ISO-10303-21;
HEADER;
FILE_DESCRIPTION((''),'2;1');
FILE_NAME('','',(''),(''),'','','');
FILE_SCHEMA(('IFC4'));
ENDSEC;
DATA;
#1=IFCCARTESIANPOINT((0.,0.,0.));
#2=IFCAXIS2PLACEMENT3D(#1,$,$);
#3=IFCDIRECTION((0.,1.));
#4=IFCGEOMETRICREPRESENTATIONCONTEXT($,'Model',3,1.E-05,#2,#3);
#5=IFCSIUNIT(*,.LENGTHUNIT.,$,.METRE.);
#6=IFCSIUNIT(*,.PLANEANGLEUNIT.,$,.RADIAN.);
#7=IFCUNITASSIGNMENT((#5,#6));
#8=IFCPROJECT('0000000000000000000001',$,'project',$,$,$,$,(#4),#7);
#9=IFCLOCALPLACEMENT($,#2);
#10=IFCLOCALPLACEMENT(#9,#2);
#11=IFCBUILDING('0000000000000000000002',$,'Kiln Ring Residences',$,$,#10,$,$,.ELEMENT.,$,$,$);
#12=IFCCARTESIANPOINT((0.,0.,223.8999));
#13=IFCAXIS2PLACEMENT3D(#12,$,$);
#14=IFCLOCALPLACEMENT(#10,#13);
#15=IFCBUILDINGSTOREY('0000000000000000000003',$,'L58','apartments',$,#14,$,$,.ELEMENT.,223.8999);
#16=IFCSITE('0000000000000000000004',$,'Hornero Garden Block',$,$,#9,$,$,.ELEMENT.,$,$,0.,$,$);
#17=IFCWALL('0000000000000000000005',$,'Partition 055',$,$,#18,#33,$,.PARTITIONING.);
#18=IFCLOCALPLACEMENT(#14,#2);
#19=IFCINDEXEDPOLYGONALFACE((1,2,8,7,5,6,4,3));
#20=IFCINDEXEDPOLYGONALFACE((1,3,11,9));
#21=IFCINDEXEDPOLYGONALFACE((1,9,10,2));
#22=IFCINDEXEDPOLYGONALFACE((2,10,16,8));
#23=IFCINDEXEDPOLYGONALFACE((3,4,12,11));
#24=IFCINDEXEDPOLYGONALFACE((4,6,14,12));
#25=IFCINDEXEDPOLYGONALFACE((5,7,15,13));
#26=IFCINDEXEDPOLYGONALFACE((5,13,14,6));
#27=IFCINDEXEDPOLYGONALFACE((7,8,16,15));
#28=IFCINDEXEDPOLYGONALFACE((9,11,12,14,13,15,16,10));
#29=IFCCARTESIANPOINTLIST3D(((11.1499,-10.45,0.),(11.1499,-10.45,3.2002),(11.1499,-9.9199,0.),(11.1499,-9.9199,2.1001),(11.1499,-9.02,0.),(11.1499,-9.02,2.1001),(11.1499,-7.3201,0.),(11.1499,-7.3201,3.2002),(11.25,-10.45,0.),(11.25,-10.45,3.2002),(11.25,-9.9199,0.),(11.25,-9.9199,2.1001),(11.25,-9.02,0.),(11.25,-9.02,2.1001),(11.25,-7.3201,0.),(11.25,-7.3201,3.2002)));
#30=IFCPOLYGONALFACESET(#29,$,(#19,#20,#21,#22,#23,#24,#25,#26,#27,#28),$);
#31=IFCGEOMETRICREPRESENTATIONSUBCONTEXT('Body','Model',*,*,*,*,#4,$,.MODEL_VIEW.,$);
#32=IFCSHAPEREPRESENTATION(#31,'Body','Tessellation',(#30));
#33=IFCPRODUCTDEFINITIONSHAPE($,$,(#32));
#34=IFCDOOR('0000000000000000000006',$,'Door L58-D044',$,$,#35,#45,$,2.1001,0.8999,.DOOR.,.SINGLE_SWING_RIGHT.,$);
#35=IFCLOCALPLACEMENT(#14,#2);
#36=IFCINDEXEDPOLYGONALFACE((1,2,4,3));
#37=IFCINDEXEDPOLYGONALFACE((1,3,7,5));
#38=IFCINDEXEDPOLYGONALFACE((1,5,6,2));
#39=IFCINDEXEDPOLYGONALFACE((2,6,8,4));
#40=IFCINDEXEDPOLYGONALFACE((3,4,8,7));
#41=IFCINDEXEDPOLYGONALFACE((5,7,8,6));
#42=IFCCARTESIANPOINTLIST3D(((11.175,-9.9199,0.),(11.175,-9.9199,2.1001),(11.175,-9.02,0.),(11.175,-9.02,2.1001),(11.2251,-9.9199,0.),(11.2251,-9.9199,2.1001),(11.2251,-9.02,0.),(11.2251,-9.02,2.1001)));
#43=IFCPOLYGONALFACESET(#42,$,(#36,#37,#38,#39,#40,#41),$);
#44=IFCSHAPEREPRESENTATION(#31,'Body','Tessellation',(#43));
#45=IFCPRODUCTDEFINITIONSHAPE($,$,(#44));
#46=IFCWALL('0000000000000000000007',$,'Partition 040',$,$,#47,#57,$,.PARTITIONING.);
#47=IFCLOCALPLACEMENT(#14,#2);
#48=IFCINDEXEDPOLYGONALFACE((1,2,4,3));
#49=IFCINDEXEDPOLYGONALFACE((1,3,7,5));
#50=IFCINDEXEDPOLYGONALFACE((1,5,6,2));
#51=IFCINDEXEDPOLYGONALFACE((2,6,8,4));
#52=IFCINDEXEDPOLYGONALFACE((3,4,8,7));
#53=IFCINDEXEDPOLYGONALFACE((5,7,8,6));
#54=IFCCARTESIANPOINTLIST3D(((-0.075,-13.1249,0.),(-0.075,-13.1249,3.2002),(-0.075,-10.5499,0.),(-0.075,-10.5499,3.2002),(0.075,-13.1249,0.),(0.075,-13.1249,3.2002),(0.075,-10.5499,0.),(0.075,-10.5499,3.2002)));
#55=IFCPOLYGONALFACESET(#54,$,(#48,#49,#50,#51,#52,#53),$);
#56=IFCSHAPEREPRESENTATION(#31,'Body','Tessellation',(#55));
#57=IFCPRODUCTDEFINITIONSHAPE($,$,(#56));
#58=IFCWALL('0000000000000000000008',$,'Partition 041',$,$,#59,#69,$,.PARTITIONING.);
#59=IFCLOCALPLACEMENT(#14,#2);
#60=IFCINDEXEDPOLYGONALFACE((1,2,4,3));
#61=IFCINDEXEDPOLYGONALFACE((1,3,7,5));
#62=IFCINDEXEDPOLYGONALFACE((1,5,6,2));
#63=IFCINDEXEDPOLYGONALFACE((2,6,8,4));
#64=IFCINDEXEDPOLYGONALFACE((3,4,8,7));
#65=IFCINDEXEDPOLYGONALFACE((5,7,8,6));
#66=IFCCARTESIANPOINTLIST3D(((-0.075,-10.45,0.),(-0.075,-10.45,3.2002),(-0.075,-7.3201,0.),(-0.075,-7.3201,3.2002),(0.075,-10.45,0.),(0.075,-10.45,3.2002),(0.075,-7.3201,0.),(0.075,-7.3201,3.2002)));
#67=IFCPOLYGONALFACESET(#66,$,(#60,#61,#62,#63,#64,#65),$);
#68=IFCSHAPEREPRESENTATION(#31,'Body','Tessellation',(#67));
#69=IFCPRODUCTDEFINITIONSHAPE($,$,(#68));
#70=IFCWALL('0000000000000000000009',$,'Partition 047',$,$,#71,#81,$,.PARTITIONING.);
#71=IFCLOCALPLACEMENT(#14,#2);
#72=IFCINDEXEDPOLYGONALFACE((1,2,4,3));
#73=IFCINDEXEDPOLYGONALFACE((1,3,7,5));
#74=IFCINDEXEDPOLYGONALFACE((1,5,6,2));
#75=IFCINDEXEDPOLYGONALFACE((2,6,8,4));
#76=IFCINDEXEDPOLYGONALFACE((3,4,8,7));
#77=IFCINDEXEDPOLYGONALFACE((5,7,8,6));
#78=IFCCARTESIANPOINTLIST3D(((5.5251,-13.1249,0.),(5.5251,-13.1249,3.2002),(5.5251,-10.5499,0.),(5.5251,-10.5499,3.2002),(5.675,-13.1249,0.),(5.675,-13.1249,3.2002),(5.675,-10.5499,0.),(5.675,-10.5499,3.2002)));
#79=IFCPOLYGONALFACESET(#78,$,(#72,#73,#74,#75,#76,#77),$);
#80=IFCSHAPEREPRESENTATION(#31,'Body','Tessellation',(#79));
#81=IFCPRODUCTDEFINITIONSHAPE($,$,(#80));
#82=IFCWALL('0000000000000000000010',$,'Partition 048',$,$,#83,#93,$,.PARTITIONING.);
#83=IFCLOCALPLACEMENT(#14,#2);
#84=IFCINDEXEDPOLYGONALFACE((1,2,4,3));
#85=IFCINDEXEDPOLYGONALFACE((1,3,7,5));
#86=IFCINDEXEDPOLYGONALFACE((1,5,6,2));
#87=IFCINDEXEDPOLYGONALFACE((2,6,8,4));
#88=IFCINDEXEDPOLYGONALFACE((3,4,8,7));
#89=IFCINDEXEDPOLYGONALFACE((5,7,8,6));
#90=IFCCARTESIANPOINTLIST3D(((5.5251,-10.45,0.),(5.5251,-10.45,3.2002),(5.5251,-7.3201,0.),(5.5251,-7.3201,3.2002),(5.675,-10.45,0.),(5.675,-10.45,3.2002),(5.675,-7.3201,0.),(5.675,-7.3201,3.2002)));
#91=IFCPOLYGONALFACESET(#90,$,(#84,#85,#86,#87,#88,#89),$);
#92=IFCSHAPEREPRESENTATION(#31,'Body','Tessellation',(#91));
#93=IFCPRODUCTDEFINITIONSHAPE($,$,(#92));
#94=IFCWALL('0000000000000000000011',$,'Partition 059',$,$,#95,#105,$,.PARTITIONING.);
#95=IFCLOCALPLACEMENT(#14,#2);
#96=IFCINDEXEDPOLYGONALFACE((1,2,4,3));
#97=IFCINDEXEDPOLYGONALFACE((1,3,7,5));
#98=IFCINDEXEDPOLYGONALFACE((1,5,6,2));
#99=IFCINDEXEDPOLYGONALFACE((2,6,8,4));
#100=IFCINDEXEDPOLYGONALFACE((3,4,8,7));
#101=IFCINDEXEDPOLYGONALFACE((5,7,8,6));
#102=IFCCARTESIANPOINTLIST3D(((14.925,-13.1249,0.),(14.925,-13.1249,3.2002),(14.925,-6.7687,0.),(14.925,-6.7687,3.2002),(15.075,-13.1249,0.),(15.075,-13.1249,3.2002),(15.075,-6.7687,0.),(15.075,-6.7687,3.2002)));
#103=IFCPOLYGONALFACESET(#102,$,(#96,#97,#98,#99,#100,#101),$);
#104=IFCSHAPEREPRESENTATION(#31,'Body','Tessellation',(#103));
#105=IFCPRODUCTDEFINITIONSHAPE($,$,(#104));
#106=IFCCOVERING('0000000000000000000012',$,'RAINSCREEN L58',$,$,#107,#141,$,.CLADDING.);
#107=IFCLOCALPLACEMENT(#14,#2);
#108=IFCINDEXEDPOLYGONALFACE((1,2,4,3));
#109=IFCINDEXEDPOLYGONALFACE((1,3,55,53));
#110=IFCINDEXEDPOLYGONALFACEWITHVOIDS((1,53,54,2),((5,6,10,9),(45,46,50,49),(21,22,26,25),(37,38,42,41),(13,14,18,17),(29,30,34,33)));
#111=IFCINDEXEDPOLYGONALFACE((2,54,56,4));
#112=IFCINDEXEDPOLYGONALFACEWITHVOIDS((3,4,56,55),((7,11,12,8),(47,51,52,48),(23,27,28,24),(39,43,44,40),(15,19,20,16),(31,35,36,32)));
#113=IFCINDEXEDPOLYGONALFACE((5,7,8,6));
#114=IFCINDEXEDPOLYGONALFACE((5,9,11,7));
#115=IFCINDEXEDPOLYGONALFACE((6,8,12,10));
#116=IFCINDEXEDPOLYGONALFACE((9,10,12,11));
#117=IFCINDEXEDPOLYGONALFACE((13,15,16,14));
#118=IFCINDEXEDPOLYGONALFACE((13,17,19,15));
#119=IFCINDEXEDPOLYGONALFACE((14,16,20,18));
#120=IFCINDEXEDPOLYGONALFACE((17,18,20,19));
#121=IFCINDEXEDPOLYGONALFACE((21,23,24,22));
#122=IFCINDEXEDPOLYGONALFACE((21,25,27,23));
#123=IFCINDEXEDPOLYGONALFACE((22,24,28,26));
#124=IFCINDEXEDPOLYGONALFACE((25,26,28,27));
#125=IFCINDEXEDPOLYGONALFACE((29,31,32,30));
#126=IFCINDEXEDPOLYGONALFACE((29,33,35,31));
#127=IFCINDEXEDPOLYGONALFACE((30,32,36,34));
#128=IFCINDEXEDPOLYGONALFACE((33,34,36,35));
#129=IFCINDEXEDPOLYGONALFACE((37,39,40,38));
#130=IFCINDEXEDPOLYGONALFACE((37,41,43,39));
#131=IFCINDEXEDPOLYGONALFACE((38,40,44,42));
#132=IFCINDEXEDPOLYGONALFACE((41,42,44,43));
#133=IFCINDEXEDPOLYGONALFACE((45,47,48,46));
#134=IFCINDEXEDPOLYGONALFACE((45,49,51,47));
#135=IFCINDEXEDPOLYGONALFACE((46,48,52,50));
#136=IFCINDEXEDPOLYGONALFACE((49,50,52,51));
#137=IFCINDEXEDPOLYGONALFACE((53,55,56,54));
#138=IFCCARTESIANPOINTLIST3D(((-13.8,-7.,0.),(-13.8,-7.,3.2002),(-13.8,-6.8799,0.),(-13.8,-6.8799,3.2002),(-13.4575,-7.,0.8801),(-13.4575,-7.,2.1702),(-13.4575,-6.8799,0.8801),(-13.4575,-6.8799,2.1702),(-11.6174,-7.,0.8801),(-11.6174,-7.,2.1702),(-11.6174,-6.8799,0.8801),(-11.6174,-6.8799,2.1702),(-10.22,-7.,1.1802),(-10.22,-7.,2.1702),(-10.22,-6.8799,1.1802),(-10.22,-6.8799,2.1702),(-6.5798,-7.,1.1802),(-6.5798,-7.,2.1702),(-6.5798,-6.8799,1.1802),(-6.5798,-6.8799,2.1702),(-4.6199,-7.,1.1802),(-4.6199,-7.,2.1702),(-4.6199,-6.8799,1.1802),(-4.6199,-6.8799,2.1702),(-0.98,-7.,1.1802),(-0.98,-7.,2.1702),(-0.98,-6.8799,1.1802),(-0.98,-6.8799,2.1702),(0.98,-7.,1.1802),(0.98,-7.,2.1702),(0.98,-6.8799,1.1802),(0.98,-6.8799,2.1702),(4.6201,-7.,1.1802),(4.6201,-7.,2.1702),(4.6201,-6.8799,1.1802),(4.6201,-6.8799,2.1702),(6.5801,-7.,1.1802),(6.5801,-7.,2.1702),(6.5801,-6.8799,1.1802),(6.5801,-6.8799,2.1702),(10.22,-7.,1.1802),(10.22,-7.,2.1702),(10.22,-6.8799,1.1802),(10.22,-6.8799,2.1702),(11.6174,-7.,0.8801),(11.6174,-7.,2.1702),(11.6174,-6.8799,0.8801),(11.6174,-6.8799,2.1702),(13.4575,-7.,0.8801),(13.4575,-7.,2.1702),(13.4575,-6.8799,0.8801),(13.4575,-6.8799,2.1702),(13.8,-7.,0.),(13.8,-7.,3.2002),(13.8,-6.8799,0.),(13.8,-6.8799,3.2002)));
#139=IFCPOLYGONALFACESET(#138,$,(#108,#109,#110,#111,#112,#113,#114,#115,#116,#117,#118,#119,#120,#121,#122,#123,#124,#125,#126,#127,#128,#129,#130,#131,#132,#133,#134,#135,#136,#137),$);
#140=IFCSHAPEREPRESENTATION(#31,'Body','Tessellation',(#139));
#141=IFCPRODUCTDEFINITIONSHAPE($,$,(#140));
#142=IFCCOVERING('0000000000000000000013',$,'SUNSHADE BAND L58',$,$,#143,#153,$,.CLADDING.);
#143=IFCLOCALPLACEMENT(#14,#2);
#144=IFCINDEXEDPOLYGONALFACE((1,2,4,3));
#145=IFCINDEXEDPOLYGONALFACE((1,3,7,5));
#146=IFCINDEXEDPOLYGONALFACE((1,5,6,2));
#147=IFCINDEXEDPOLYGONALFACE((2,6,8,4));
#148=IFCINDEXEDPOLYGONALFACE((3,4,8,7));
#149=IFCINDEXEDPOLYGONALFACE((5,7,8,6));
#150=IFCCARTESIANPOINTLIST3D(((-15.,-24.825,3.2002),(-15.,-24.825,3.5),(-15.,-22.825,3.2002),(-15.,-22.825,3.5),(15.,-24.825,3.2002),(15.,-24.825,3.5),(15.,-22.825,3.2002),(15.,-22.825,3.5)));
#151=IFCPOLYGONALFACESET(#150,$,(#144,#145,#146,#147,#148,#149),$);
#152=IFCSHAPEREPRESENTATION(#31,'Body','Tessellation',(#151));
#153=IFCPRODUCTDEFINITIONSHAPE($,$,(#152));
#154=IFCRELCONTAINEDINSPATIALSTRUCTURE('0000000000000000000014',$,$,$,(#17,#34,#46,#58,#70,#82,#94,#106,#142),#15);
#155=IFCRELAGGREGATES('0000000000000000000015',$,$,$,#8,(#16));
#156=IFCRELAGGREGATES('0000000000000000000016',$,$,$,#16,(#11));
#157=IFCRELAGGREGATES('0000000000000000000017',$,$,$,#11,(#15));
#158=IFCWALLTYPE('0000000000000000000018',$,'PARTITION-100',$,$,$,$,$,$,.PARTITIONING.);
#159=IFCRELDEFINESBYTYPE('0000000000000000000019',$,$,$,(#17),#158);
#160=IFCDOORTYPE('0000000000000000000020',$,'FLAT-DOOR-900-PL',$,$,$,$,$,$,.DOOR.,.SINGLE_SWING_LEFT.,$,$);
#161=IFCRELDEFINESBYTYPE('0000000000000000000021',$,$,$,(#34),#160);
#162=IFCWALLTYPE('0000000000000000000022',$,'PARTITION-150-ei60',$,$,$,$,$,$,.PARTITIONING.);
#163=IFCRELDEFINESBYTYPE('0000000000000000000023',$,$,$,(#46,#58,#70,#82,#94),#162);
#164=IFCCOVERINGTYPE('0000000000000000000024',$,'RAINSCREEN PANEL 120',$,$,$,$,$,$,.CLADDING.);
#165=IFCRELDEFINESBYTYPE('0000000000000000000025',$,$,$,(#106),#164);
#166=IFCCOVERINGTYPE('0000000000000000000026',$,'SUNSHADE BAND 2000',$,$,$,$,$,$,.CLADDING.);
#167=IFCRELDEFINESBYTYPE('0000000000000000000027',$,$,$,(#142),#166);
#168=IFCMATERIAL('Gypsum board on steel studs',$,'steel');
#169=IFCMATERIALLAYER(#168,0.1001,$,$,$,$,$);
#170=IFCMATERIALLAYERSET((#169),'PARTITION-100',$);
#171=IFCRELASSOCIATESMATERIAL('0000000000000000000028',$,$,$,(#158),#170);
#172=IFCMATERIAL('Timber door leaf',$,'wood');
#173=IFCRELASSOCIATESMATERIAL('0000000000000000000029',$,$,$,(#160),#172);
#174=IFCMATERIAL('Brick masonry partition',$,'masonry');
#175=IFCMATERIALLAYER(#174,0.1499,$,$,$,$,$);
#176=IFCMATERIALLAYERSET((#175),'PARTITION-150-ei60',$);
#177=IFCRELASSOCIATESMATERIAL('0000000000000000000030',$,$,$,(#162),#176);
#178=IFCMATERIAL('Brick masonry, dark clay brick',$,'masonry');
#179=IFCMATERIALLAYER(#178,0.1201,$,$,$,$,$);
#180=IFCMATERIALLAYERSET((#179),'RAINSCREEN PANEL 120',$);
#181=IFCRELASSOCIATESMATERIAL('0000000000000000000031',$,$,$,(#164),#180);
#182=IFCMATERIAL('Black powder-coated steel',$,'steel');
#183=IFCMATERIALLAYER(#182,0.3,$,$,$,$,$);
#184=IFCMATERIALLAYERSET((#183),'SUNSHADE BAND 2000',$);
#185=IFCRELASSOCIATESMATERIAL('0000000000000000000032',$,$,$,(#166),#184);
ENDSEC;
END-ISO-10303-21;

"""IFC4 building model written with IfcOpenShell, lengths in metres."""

from ifc_helpers import new_model, si_unit, direction, frame, frame_2d, origin, place, context, subcontext, project, spatial, polyline, rectangle, outline, extrude, material, layer, layer_set, type_object, element, fill, save


model = new_model("IFC4")

# Units and contexts
model_context = context("Model", 3, precision=1e-05, world=origin(), true_north=direction((0.0, 1.0)))
body_context = subcontext(model_context, "Body", "Model", "MODEL_VIEW")
ifc_project = project(units=[si_unit("LENGTHUNIT", "METRE"), si_unit("PLANEANGLEUNIT", "RADIAN")], contexts=[model_context])

# Site, building, storey
site_placement = place(None, origin())
site = spatial("IfcSite", under=ifc_project, at=site_placement, Name="Hornero Garden Block", CompositionType="ELEMENT", RefElevation=0.0)
building_placement = place(site_placement, origin())
building = spatial("IfcBuilding", under=site, at=building_placement, Name="Kiln Ring Residences", CompositionType="ELEMENT")
storey_placement = place(building_placement, frame((0.0, 0.0, 223.8999)))
storey = spatial("IfcBuildingStorey", under=building, at=storey_placement, Name="L58", Description="apartments", CompositionType="ELEMENT", Elevation=223.8999)

# Shared definitions
ifc_material_1 = material(Name="Gypsum board on steel studs", Category="steel")
ifc_layer_1 = layer(ifc_material_1, 0.1001)
ifc_layer_set_1 = layer_set([ifc_layer_1], Name="PARTITION-100")
wall_type_1 = type_object("IfcWallType", Name="PARTITION-100", PredefinedType="PARTITIONING", material=ifc_layer_set_1)

# Wall, opening, door
wall_1_placement = place(storey_placement, frame((11.2, -10.45, 0.0), z_axis=(0.0, 0.0, 1.0), x_axis=(0.0, 1.0, 0.0)))
wall_1 = element("IfcWall", 1, at=wall_1_placement, inside=storey, type_object=wall_type_1, Name="Partition 055", PredefinedType="PARTITIONING", context=body_context, shape_type="SweptSolid", body=[
    extrude(rectangle(XDim=3.1299, YDim=0.1001, at=frame_2d((1.5649, 0.0))), origin(), (0.0, 0.0, 1.0), 3.2002),
])
opening_1_placement = place(wall_1_placement, frame((0.53, 0.0, 0.0)))
opening_1 = element("IfcOpeningElement", 2, at=opening_1_placement, cuts=wall_1, PredefinedType="OPENING", context=body_context, shape_type="SweptSolid", body=[
    extrude(rectangle(XDim=0.8999, YDim=2.1001, at=frame_2d((0.45, 1.05))), frame((0.0, 0.0601, 0.0), z_axis=(0.0, -1.0, 0.0), x_axis=(1.0, 0.0, 0.0)), (0.0, 0.0, 1.0), 0.1201),
])
ifc_material_2 = material(Name="Timber door leaf", Category="wood")
door_type = type_object("IfcDoorType", Name="FLAT-DOOR-900-PL", OperationType="SINGLE_SWING_LEFT", PredefinedType="DOOR", material=ifc_material_2)
door_placement = place(opening_1_placement, origin())
door = element("IfcDoor", 3, at=door_placement, inside=storey, type_object=door_type, Name="Door L58-D044", OperationType="SINGLE_SWING_RIGHT", OverallHeight=2.1001, OverallWidth=0.8999, PredefinedType="DOOR", context=body_context, shape_type="SweptSolid", body=[
    extrude(rectangle(XDim=0.8999, YDim=2.1001, at=frame_2d((0.45, 1.05))), frame((0.0, 0.0249, 0.0), z_axis=(0.0, -1.0, 0.0), x_axis=(1.0, 0.0, 0.0)), (0.0, 0.0, 1.0), 0.05),
])
fill(opening_1, door)

# Walls
ifc_material_3 = material(Name="Brick masonry partition", Category="masonry")
ifc_layer_2 = layer(ifc_material_3, 0.1499)
ifc_layer_set_2 = layer_set([ifc_layer_2], Name="PARTITION-150-ei60")
wall_type_2 = type_object("IfcWallType", Name="PARTITION-150-ei60", PredefinedType="PARTITIONING", material=ifc_layer_set_2)
wall_2_placement = place(storey_placement, frame((0.0, -13.125, 0.0), z_axis=(0.0, 0.0, 1.0), x_axis=(0.0, 1.0, 0.0)))
element("IfcWall", 4, at=wall_2_placement, inside=storey, type_object=wall_type_2, Name="Partition 040", PredefinedType="PARTITIONING", context=body_context, shape_type="SweptSolid", body=[
    extrude(rectangle(XDim=2.575, YDim=0.1499, at=frame_2d((1.2876, 0.0))), origin(), (0.0, 0.0, 1.0), 3.2002),
])
wall_3_placement = place(storey_placement, frame((0.0, -10.45, 0.0), z_axis=(0.0, 0.0, 1.0), x_axis=(0.0, 1.0, 0.0)))
element("IfcWall", 5, at=wall_3_placement, inside=storey, type_object=wall_type_2, Name="Partition 041", PredefinedType="PARTITIONING", context=body_context, shape_type="SweptSolid", body=[
    extrude(rectangle(XDim=3.1299, YDim=0.1499, at=frame_2d((1.5649, 0.0))), origin(), (0.0, 0.0, 1.0), 3.2002),
])
wall_4_placement = place(storey_placement, frame((5.6001, -13.125, 0.0), z_axis=(0.0, 0.0, 1.0), x_axis=(0.0, 1.0, 0.0)))
element("IfcWall", 6, at=wall_4_placement, inside=storey, type_object=wall_type_2, Name="Partition 047", PredefinedType="PARTITIONING", context=body_context, shape_type="SweptSolid", body=[
    extrude(rectangle(XDim=2.575, YDim=0.1499, at=frame_2d((1.2876, 0.0))), origin(), (0.0, 0.0, 1.0), 3.2002),
])
wall_5_placement = place(storey_placement, frame((5.6001, -10.45, 0.0), z_axis=(0.0, 0.0, 1.0), x_axis=(0.0, 1.0, 0.0)))
element("IfcWall", 7, at=wall_5_placement, inside=storey, type_object=wall_type_2, Name="Partition 048", PredefinedType="PARTITIONING", context=body_context, shape_type="SweptSolid", body=[
    extrude(rectangle(XDim=3.1299, YDim=0.1499, at=frame_2d((1.5649, 0.0))), origin(), (0.0, 0.0, 1.0), 3.2002),
])
wall_6_placement = place(storey_placement, frame((15.0, -13.125, 0.0), z_axis=(0.0, 0.0, 1.0), x_axis=(0.0, 1.0, 0.0)))
element("IfcWall", 8, at=wall_6_placement, inside=storey, type_object=wall_type_2, Name="Partition 059", PredefinedType="PARTITIONING", context=body_context, shape_type="SweptSolid", body=[
    extrude(rectangle(XDim=6.3562, YDim=0.1499, at=frame_2d((3.1782, 0.0))), origin(), (0.0, 0.0, 1.0), 3.2002),
])

# Coverings
ifc_material_4 = material(Name="Brick masonry, dark clay brick", Category="masonry")
ifc_layer_3 = layer(ifc_material_4, 0.1201)
ifc_layer_set_3 = layer_set([ifc_layer_3], Name="RAINSCREEN PANEL 120")
covering_type_1 = type_object("IfcCoveringType", Name="RAINSCREEN PANEL 120", PredefinedType="CLADDING", material=ifc_layer_set_3)
covering_1_placement = place(storey_placement, frame((13.8, -6.9399, 0.0), z_axis=(0.0, 0.0, 1.0), x_axis=(-1.0, 0.0, 0.0)))
element("IfcCovering", 9, at=covering_1_placement, inside=storey, type_object=covering_type_1, Name="RAINSCREEN L58", PredefinedType="CLADDING", context=body_context, shape_type="SweptSolid", body=[
    extrude(outline(polyline([(0.0, 0.0), (27.6001, 0.0), (27.6001, 3.2002), (0.0, 3.2002), (0.0, 0.0)]), holes=[polyline([(2.1826, 0.8801), (2.1826, 2.1702), (0.3425, 2.1702), (0.3425, 0.8801), (2.1826, 0.8801)]), polyline([(25.4175, 0.8801), (27.2576, 0.8801), (27.2576, 2.1702), (25.4175, 2.1702), (25.4175, 0.8801)]), polyline([(3.5801, 1.1802), (7.22, 1.1802), (7.22, 2.1702), (3.5801, 2.1702), (3.5801, 1.1802)]), polyline([(12.8201, 1.1802), (12.8201, 2.1702), (9.1799, 2.1702), (9.1799, 1.1802), (12.8201, 1.1802)]), polyline([(14.78, 1.1802), (18.4199, 1.1802), (18.4199, 2.1702), (14.78, 2.1702), (14.78, 1.1802)]), polyline([(20.3799, 1.1802), (24.02, 1.1802), (24.02, 2.1702), (20.3799, 2.1702), (20.3799, 1.1802)])]), frame((0.0, 0.0601, 0.0), z_axis=(0.0, -1.0, 0.0), x_axis=(1.0, 0.0, 0.0)), (0.0, 0.0, 1.0), 0.1201),
])
ifc_material_5 = material(Name="Black powder-coated steel", Category="steel")
ifc_layer_4 = layer(ifc_material_5, 0.3)
ifc_layer_set_4 = layer_set([ifc_layer_4], Name="SUNSHADE BAND 2000")
covering_type_2 = type_object("IfcCoveringType", Name="SUNSHADE BAND 2000", PredefinedType="CLADDING", material=ifc_layer_set_4)
covering_2_placement = place(storey_placement, frame((0.0, 0.0, 3.2002)))
element("IfcCovering", 10, at=covering_2_placement, inside=storey, type_object=covering_type_2, Name="SUNSHADE BAND L58", PredefinedType="CLADDING", context=body_context, shape_type="SweptSolid", body=[
    extrude(outline(polyline([(-15.0, -24.825), (15.0, -24.825), (15.0, -22.825), (-15.0, -22.825), (-15.0, -24.825)])), origin(), (0.0, 0.0, 1.0), 0.2998),
])

save(model, "model.ifc")
